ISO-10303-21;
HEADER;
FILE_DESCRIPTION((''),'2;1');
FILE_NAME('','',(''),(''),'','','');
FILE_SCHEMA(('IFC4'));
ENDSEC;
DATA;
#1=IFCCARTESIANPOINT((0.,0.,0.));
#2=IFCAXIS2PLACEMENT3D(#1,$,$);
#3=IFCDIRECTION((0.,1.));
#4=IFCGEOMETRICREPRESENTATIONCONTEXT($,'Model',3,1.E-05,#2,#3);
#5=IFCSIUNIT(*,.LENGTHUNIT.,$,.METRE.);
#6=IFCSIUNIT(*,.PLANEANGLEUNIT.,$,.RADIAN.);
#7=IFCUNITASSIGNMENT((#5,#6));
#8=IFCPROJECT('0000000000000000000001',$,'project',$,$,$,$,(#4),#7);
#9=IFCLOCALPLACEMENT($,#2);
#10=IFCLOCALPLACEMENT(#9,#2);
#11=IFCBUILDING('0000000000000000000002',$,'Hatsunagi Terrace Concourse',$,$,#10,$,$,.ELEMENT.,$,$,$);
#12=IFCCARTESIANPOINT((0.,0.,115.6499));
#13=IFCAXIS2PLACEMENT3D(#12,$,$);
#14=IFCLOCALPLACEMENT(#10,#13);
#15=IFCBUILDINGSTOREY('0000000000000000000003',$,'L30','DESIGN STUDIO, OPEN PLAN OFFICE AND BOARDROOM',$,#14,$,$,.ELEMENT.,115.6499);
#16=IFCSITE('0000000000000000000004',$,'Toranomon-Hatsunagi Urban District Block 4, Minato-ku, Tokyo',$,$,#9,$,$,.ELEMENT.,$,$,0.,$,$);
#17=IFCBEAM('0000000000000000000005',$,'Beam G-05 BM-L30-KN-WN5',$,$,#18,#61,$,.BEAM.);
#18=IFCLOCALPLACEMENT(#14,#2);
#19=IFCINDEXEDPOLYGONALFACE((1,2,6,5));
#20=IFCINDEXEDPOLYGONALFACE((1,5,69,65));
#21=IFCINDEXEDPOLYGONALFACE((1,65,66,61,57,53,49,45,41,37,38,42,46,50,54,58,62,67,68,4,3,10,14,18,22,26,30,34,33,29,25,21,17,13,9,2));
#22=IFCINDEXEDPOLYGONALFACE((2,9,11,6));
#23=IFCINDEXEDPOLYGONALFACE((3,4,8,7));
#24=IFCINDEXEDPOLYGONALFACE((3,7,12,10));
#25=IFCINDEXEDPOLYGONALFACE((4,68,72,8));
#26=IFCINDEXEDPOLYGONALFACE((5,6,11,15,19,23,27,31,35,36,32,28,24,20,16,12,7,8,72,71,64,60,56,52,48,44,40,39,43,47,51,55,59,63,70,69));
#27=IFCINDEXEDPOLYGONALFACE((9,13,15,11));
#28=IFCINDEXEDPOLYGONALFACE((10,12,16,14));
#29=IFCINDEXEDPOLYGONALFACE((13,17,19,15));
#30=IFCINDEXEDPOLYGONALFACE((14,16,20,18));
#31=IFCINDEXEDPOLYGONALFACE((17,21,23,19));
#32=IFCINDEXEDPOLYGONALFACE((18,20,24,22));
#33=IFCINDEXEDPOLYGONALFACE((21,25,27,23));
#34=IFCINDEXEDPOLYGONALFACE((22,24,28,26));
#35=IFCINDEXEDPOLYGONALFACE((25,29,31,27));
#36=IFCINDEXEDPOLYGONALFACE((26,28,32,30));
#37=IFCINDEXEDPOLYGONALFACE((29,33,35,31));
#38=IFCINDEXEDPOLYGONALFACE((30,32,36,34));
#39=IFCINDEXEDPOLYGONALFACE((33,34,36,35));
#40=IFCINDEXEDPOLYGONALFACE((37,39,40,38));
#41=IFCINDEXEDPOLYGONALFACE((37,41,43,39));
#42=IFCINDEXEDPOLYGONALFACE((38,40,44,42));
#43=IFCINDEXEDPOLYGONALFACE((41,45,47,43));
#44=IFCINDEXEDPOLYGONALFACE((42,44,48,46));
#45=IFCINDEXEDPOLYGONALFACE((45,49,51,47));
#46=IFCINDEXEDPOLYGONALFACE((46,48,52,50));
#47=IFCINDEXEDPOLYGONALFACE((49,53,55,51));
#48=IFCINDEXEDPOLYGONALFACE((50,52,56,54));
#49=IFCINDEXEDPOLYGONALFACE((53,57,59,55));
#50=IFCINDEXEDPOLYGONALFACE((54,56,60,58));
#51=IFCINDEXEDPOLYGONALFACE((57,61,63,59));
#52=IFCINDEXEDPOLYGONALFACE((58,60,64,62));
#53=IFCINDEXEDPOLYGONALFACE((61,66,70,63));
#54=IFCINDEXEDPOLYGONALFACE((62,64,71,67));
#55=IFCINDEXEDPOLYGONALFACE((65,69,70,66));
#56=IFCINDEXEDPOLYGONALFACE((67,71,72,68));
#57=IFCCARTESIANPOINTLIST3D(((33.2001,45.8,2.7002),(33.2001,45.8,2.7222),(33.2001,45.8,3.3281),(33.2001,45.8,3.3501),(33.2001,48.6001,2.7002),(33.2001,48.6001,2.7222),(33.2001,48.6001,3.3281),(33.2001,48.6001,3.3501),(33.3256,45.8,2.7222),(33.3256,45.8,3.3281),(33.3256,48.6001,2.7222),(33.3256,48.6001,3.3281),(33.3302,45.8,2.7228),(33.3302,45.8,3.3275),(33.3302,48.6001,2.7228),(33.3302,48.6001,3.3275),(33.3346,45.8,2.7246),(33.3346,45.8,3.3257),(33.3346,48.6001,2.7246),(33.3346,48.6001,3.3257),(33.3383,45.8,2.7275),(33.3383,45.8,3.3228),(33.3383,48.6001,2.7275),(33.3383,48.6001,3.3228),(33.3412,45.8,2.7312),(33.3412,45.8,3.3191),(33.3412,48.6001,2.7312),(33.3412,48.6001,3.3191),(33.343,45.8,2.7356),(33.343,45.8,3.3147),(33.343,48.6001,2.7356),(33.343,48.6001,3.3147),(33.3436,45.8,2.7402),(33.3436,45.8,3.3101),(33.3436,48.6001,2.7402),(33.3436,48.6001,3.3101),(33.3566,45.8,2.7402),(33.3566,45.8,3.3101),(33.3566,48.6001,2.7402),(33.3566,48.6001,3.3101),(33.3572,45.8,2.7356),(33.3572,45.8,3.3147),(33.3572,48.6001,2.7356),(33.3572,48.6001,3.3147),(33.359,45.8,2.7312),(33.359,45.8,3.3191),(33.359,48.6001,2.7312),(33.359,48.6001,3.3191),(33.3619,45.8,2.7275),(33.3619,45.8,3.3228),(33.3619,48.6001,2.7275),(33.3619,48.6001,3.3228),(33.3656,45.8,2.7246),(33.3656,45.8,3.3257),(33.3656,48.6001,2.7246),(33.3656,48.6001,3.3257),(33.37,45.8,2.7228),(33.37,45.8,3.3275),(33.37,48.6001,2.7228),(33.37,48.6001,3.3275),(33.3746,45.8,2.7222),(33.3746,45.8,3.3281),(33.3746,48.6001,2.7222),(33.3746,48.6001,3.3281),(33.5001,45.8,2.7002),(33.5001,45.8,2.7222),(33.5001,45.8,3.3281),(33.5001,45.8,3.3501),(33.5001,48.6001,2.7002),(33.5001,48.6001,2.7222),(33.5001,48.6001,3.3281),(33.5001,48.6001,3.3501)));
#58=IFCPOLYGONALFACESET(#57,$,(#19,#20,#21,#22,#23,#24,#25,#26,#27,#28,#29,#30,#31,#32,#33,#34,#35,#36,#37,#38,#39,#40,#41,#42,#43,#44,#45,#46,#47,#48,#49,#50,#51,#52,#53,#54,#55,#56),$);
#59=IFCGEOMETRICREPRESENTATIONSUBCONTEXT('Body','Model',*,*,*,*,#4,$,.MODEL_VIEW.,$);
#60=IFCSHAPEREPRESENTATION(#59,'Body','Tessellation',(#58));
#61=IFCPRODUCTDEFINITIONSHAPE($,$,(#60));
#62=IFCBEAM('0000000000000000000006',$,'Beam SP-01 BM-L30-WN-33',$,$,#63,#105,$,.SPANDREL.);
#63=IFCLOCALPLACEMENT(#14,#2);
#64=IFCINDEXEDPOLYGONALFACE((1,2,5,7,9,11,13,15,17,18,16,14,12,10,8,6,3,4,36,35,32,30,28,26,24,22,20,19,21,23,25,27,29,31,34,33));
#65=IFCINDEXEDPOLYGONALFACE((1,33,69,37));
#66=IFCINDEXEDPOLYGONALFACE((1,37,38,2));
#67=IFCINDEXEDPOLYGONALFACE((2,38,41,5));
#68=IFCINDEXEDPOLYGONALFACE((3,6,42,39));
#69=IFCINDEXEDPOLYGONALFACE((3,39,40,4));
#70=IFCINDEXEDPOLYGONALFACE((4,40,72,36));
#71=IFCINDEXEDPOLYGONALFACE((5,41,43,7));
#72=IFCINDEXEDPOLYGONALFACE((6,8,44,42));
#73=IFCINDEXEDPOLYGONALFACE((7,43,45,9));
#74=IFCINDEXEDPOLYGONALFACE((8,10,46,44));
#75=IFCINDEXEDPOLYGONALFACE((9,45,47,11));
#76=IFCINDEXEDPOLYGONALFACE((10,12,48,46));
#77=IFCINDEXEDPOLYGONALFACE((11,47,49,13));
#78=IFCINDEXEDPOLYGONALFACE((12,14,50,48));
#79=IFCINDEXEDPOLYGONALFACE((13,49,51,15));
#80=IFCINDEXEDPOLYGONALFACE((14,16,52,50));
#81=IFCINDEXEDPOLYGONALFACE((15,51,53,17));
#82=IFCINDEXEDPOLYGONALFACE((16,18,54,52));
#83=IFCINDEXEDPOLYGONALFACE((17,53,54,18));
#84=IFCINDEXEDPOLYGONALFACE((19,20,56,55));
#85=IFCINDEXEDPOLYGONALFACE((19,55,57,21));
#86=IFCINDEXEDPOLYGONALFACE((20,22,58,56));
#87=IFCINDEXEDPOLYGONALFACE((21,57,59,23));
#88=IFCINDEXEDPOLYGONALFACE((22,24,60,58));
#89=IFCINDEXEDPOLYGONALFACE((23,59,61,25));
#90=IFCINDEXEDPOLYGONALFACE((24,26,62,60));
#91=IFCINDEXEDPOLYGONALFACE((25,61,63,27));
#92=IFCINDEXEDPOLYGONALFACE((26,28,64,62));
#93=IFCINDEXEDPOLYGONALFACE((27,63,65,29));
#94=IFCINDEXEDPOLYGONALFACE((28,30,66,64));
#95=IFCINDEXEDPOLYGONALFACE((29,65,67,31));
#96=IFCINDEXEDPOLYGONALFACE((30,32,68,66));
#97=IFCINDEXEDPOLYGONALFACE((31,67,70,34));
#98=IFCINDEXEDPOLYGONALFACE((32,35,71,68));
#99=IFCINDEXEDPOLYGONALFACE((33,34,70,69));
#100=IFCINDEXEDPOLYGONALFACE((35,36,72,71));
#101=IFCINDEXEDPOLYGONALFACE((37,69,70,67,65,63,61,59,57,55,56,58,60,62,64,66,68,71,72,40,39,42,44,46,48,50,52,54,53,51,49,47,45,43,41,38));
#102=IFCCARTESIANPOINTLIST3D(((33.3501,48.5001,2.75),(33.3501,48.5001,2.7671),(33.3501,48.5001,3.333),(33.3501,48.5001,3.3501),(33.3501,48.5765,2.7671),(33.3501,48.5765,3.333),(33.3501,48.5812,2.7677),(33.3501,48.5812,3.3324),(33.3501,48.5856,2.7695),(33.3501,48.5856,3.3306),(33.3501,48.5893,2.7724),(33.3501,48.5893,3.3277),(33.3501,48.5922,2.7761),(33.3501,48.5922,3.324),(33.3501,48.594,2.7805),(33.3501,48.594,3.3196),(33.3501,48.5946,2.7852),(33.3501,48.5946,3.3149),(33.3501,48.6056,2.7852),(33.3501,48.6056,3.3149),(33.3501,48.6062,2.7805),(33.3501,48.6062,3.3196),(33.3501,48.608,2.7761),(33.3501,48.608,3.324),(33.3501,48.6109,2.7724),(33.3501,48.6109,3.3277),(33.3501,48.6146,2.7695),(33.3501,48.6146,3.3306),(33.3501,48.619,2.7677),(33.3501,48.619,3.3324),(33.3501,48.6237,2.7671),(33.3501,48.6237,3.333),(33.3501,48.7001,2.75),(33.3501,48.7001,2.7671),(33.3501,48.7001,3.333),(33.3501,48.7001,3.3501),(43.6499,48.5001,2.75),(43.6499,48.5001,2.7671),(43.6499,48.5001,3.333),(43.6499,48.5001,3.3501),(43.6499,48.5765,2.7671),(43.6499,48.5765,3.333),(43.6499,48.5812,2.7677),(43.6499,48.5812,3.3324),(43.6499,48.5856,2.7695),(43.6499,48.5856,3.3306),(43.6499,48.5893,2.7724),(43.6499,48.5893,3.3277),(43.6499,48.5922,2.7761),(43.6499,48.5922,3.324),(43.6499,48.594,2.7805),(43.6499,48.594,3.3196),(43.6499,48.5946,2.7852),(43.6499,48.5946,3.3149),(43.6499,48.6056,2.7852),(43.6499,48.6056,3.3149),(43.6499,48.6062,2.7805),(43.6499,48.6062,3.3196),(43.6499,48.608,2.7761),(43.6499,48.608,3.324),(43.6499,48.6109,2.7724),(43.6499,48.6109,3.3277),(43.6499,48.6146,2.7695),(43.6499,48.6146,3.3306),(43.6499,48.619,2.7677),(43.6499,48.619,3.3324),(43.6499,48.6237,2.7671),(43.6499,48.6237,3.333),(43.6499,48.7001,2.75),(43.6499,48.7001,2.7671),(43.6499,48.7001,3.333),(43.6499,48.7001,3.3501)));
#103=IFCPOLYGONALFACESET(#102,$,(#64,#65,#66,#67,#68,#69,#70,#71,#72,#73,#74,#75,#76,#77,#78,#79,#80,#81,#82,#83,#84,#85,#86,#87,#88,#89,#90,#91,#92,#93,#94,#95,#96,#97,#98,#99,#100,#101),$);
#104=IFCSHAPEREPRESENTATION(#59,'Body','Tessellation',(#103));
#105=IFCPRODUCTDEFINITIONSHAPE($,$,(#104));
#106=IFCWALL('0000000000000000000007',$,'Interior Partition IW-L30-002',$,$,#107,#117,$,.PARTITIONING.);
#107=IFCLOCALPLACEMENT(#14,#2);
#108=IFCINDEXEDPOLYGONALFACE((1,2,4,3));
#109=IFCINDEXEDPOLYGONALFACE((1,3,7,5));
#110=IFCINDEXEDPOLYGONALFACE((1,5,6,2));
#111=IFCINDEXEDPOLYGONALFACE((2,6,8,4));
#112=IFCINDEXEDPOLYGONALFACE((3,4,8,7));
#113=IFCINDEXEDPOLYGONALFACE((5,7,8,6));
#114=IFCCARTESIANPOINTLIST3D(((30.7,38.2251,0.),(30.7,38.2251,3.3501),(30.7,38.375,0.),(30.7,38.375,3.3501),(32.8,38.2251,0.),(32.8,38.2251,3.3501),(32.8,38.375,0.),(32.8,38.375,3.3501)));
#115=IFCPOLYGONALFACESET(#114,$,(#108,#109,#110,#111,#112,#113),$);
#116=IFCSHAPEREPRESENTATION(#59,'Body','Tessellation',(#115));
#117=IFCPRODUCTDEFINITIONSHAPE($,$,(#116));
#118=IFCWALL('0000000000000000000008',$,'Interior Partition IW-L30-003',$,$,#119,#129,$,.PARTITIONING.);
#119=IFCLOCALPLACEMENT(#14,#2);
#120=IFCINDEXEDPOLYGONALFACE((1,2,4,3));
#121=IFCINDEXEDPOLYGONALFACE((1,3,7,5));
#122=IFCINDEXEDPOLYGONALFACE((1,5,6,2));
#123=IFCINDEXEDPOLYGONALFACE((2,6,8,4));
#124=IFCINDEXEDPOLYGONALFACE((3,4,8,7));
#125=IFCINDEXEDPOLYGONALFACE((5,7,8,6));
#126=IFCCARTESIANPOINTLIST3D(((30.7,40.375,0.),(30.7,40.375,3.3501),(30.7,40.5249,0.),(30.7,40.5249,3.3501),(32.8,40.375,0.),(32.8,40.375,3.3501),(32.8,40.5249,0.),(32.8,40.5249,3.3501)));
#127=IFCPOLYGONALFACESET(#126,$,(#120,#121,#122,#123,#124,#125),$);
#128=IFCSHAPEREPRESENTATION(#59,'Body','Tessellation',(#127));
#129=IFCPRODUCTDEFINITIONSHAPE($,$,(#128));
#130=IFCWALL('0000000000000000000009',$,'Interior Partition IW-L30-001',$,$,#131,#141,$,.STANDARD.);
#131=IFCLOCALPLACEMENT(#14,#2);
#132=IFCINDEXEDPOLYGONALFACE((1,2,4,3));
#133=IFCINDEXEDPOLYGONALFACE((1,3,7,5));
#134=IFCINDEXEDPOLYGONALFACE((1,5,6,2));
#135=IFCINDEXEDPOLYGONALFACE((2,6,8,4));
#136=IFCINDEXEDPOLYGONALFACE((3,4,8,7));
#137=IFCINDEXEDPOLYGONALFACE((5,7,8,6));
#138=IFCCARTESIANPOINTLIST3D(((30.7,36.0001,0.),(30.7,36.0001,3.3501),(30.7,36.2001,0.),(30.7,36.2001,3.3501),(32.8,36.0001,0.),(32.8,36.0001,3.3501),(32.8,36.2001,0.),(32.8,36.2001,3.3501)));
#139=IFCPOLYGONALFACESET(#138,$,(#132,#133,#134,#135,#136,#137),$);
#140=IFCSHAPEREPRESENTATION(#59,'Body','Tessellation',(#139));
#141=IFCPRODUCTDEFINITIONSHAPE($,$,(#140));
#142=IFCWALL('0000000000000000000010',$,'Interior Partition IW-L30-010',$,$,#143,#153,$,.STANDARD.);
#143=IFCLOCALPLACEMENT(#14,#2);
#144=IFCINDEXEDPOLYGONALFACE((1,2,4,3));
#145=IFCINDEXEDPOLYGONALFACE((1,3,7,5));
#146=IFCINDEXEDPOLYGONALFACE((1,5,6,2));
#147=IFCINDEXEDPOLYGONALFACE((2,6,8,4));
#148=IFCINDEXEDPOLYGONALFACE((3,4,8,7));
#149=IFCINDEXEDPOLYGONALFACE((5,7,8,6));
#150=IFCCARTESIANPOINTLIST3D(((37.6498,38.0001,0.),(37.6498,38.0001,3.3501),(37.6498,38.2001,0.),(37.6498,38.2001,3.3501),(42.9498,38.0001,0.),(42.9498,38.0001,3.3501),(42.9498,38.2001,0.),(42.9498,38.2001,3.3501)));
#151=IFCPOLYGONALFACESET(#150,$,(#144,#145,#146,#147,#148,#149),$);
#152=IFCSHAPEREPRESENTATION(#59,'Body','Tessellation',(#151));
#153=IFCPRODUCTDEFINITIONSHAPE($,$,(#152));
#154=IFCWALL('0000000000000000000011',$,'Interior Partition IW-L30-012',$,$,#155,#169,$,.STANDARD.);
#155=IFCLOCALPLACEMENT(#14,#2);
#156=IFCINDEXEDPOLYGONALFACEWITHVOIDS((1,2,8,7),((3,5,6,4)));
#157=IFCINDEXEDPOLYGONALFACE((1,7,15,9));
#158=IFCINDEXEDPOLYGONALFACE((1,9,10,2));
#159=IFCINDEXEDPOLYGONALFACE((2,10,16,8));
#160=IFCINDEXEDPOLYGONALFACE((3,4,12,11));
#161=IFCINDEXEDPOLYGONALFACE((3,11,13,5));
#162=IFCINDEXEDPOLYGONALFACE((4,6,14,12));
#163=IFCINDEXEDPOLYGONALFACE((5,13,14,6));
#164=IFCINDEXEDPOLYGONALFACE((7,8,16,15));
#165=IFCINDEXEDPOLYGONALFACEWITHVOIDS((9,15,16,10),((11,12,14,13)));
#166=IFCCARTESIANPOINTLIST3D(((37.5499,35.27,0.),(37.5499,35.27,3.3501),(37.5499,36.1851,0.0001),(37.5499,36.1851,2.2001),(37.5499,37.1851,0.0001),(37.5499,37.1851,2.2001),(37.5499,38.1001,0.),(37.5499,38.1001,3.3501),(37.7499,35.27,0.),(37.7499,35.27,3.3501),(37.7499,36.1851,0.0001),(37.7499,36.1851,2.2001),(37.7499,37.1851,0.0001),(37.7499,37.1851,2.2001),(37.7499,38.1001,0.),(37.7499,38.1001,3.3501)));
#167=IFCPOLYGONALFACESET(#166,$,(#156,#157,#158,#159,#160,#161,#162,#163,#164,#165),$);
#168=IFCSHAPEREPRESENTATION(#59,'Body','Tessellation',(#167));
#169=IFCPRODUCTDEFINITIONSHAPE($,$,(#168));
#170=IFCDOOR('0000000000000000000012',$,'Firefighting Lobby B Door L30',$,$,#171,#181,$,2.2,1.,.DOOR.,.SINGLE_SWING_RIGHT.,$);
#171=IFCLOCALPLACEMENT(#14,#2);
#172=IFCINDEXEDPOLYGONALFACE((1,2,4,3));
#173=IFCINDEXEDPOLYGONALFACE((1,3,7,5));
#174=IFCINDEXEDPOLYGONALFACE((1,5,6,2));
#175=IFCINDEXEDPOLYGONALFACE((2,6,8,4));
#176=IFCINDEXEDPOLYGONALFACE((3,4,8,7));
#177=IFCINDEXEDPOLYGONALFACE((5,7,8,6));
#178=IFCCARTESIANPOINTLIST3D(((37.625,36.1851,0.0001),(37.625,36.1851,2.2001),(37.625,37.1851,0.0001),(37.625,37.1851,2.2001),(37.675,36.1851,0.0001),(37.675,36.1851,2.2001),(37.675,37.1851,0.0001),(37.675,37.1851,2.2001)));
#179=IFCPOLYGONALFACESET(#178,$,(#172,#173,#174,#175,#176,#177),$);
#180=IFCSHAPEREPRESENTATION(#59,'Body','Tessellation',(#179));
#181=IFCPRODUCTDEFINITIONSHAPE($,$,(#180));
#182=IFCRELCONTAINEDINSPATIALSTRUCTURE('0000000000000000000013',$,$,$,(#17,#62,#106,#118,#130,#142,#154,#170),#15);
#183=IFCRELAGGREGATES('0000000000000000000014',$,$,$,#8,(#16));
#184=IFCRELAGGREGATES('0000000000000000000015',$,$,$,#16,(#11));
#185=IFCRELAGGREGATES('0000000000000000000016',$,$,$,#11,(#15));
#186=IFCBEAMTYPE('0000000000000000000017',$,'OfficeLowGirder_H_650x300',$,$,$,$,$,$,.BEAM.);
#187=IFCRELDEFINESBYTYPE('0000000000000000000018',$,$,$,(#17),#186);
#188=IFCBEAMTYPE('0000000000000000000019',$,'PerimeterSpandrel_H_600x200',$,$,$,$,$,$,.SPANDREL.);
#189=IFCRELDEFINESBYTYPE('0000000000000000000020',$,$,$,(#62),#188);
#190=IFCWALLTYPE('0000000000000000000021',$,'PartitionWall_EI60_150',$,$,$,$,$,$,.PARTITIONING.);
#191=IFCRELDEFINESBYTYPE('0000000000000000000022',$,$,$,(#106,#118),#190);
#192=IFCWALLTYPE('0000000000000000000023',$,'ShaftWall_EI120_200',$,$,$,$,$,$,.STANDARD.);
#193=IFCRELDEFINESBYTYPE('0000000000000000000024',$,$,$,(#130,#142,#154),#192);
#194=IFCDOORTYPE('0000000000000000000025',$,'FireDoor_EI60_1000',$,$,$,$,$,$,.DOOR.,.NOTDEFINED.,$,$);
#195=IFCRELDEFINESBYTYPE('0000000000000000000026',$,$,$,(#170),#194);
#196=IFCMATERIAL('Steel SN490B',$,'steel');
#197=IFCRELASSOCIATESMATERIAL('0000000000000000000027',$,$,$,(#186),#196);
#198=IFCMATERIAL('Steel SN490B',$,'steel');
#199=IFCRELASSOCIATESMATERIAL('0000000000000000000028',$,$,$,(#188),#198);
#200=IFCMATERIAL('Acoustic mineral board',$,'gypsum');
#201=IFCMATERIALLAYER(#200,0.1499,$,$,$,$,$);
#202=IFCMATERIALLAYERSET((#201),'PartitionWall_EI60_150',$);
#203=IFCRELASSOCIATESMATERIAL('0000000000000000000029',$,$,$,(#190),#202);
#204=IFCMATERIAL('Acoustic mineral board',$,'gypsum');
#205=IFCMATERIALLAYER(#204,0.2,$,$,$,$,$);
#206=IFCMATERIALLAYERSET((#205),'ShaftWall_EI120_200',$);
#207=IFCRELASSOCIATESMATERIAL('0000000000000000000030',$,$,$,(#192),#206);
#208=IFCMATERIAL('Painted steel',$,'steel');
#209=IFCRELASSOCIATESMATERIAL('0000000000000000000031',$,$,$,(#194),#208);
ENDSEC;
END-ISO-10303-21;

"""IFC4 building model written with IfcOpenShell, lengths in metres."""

from ifc_helpers import new_model, si_unit, direction, frame, frame_2d, origin, origin_2d, place, context, subcontext, project, spatial, rectangle, i_section, extrude, material, layer, layer_set, material_profile, profile_set, type_object, element, fill, save


model = new_model("IFC4")

# Units and contexts
model_context = context("Model", 3, precision=1e-05, world=origin(), true_north=direction((0.0, 1.0)))
body_context = subcontext(model_context, "Body", "Model", "MODEL_VIEW")
ifc_project = project(units=[si_unit("LENGTHUNIT", "METRE"), si_unit("PLANEANGLEUNIT", "RADIAN")], contexts=[model_context])

# Site, building, storey
site_placement = place(None, origin())
site = spatial("IfcSite", under=ifc_project, at=site_placement, Name="Toranomon-Hatsunagi Urban District Block 4, Minato-ku, Tokyo", CompositionType="ELEMENT", RefElevation=0.0)
building_placement = place(site_placement, origin())
building = spatial("IfcBuilding", under=site, at=building_placement, Name="Hatsunagi Terrace Concourse", CompositionType="ELEMENT")
storey_placement = place(building_placement, frame((0.0, 0.0, 115.6499)))
storey = spatial("IfcBuildingStorey", under=building, at=storey_placement, Name="L30", Description="DESIGN STUDIO, OPEN PLAN OFFICE AND BOARDROOM", CompositionType="ELEMENT", Elevation=115.6499)

# Beams
ifc_material_1 = material(Name="Steel SN490B", Category="steel")
ifc_material_profile_1 = material_profile(ifc_material_1, i_section(OverallWidth=0.3, OverallDepth=0.6499, WebThickness=0.0129, FlangeThickness=0.022, FilletRadius=0.0181, at=origin_2d()), Name="H-650x300x13x22")
ifc_profile_set_1 = profile_set([ifc_material_profile_1], Name="Steel SN490B")
beam_type_1 = type_object("IfcBeamType", Name="OfficeLowGirder_H_650x300", PredefinedType="BEAM", material=ifc_profile_set_1)
beam_1_placement = place(storey_placement, frame((33.3501, 45.8, 3.0251), z_axis=(0.0, 1.0, 0.0), x_axis=(-1.0, 0.0, 0.0)))
element("IfcBeam", 1, at=beam_1_placement, inside=storey, type_object=beam_type_1, Name="Beam G-05 BM-L30-KN-WN5", PredefinedType="BEAM", context=body_context, shape_type="SweptSolid", body=[
    extrude(i_section(OverallWidth=0.3, OverallDepth=0.6499, WebThickness=0.0129, FlangeThickness=0.022, FilletRadius=0.0181, at=origin_2d()), origin(), (0.0, 0.0, 1.0), 2.8),
])
ifc_material_2 = material(Name="Steel SN490B", Category="steel")
ifc_material_profile_2 = material_profile(ifc_material_2, i_section(OverallWidth=0.2, OverallDepth=0.6001, WebThickness=0.011, FlangeThickness=0.0171, FilletRadius=0.0181, at=origin_2d()), Name="H-600x200x11x17")
ifc_profile_set_2 = profile_set([ifc_material_profile_2], Name="Steel SN490B")
beam_type_2 = type_object("IfcBeamType", Name="PerimeterSpandrel_H_600x200", PredefinedType="SPANDREL", material=ifc_profile_set_2)
beam_2_placement = place(storey_placement, frame((33.3501, 48.6001, 3.05), z_axis=(1.0, 0.0, 0.0), x_axis=(0.0, 1.0, 0.0)))
element("IfcBeam", 2, at=beam_2_placement, inside=storey, type_object=beam_type_2, Name="Beam SP-01 BM-L30-WN-33", PredefinedType="SPANDREL", context=body_context, shape_type="SweptSolid", body=[
    extrude(i_section(OverallWidth=0.2, OverallDepth=0.6001, WebThickness=0.011, FlangeThickness=0.0171, FilletRadius=0.0181, at=origin_2d()), origin(), (0.0, 0.0, 1.0), 10.2998),
])

# Walls
ifc_material_3 = material(Name="Acoustic mineral board", Category="gypsum")
ifc_layer_1 = layer(ifc_material_3, 0.1499)
ifc_layer_set_1 = layer_set([ifc_layer_1], Name="PartitionWall_EI60_150")
wall_type_1 = type_object("IfcWallType", Name="PartitionWall_EI60_150", PredefinedType="PARTITIONING", material=ifc_layer_set_1)
for number, where, z_axis, x_axis, name in (
    (3, (30.7, 38.3, 0.0), (0.0, 0.0, 1.0), (1.0, 0.0, 0.0), "Interior Partition IW-L30-002"),
    (4, (30.7, 40.45, 0.0), (0.0, 0.0, 1.0), (1.0, 0.0, 0.0), "Interior Partition IW-L30-003"),
):
    element("IfcWall", number, at=place(storey_placement, frame(where, z_axis=z_axis, x_axis=x_axis)), inside=storey, type_object=wall_type_1, Name=name, PredefinedType="PARTITIONING", context=body_context, shape_type="SweptSolid", body=[
        extrude(rectangle(XDim=2.1001, YDim=0.1499, at=frame_2d((1.05, 0.0))), origin(), (0.0, 0.0, 1.0), 3.3501),
    ])
ifc_material_4 = material(Name="Acoustic mineral board", Category="gypsum")
ifc_layer_2 = layer(ifc_material_4, 0.2)
ifc_layer_set_2 = layer_set([ifc_layer_2], Name="ShaftWall_EI120_200")
wall_type_2 = type_object("IfcWallType", Name="ShaftWall_EI120_200", PredefinedType="STANDARD", material=ifc_layer_set_2)
wall_1_placement = place(storey_placement, frame((30.7, 36.1001, 0.0), z_axis=(0.0, 0.0, 1.0), x_axis=(1.0, 0.0, 0.0)))
element("IfcWall", 5, at=wall_1_placement, inside=storey, type_object=wall_type_2, Name="Interior Partition IW-L30-001", PredefinedType="STANDARD", context=body_context, shape_type="SweptSolid", body=[
    extrude(rectangle(XDim=2.1001, YDim=0.2, at=frame_2d((1.05, 0.0))), origin(), (0.0, 0.0, 1.0), 3.3501),
])
wall_2_placement = place(storey_placement, frame((37.6499, 38.1001, 0.0), z_axis=(0.0, 0.0, 1.0), x_axis=(1.0, 0.0, 0.0)))
element("IfcWall", 6, at=wall_2_placement, inside=storey, type_object=wall_type_2, Name="Interior Partition IW-L30-010", PredefinedType="STANDARD", context=body_context, shape_type="SweptSolid", body=[
    extrude(rectangle(XDim=5.3, YDim=0.2, at=frame_2d((2.6499, 0.0))), origin(), (0.0, 0.0, 1.0), 3.3501),
])

# Wall, opening, door
wall_3_placement = place(storey_placement, frame((37.6499, 35.27, 0.0), z_axis=(0.0, 0.0, 1.0), x_axis=(0.0, 1.0, 0.0)))
wall_3 = element("IfcWall", 7, at=wall_3_placement, inside=storey, type_object=wall_type_2, Name="Interior Partition IW-L30-012", PredefinedType="STANDARD", context=body_context, shape_type="SweptSolid", body=[
    extrude(rectangle(XDim=2.8301, YDim=0.2, at=frame_2d((1.415, 0.0))), origin(), (0.0, 0.0, 1.0), 3.3501),
])
opening_1_placement = place(wall_3_placement, frame((0.915, 0.0, 0.0)))
opening_1 = element("IfcOpeningElement", 8, at=opening_1_placement, cuts=wall_3, PredefinedType="OPENING", context=body_context, shape_type="SweptSolid", body=[
    extrude(rectangle(XDim=1.0, YDim=2.2, at=frame_2d((0.5, 1.1001))), frame((0.0, 0.1099, 0.0), z_axis=(0.0, -1.0, 0.0), x_axis=(1.0, 0.0, 0.0)), (0.0, 0.0, 1.0), 0.22),
])
ifc_material_5 = material(Name="Painted steel", Category="steel")
door_type_1 = type_object("IfcDoorType", Name="FireDoor_EI60_1000", OperationType="NOTDEFINED", PredefinedType="DOOR", material=ifc_material_5)
door_1_placement = place(opening_1_placement, origin())
door_1 = element("IfcDoor", 9, at=door_1_placement, inside=storey, type_object=door_type_1, Name="Firefighting Lobby B Door L30", OperationType="SINGLE_SWING_RIGHT", OverallHeight=2.2, OverallWidth=1.0, PredefinedType="DOOR", context=body_context, shape_type="SweptSolid", body=[
    extrude(rectangle(XDim=1.0, YDim=2.2, at=frame_2d((0.5, 1.1001))), frame((0.0, 0.0249, 0.0), z_axis=(0.0, -1.0, 0.0), x_axis=(1.0, 0.0, 0.0)), (0.0, 0.0, 1.0), 0.05),
])
fill(opening_1, door_1)

save(model, "model.ifc")
